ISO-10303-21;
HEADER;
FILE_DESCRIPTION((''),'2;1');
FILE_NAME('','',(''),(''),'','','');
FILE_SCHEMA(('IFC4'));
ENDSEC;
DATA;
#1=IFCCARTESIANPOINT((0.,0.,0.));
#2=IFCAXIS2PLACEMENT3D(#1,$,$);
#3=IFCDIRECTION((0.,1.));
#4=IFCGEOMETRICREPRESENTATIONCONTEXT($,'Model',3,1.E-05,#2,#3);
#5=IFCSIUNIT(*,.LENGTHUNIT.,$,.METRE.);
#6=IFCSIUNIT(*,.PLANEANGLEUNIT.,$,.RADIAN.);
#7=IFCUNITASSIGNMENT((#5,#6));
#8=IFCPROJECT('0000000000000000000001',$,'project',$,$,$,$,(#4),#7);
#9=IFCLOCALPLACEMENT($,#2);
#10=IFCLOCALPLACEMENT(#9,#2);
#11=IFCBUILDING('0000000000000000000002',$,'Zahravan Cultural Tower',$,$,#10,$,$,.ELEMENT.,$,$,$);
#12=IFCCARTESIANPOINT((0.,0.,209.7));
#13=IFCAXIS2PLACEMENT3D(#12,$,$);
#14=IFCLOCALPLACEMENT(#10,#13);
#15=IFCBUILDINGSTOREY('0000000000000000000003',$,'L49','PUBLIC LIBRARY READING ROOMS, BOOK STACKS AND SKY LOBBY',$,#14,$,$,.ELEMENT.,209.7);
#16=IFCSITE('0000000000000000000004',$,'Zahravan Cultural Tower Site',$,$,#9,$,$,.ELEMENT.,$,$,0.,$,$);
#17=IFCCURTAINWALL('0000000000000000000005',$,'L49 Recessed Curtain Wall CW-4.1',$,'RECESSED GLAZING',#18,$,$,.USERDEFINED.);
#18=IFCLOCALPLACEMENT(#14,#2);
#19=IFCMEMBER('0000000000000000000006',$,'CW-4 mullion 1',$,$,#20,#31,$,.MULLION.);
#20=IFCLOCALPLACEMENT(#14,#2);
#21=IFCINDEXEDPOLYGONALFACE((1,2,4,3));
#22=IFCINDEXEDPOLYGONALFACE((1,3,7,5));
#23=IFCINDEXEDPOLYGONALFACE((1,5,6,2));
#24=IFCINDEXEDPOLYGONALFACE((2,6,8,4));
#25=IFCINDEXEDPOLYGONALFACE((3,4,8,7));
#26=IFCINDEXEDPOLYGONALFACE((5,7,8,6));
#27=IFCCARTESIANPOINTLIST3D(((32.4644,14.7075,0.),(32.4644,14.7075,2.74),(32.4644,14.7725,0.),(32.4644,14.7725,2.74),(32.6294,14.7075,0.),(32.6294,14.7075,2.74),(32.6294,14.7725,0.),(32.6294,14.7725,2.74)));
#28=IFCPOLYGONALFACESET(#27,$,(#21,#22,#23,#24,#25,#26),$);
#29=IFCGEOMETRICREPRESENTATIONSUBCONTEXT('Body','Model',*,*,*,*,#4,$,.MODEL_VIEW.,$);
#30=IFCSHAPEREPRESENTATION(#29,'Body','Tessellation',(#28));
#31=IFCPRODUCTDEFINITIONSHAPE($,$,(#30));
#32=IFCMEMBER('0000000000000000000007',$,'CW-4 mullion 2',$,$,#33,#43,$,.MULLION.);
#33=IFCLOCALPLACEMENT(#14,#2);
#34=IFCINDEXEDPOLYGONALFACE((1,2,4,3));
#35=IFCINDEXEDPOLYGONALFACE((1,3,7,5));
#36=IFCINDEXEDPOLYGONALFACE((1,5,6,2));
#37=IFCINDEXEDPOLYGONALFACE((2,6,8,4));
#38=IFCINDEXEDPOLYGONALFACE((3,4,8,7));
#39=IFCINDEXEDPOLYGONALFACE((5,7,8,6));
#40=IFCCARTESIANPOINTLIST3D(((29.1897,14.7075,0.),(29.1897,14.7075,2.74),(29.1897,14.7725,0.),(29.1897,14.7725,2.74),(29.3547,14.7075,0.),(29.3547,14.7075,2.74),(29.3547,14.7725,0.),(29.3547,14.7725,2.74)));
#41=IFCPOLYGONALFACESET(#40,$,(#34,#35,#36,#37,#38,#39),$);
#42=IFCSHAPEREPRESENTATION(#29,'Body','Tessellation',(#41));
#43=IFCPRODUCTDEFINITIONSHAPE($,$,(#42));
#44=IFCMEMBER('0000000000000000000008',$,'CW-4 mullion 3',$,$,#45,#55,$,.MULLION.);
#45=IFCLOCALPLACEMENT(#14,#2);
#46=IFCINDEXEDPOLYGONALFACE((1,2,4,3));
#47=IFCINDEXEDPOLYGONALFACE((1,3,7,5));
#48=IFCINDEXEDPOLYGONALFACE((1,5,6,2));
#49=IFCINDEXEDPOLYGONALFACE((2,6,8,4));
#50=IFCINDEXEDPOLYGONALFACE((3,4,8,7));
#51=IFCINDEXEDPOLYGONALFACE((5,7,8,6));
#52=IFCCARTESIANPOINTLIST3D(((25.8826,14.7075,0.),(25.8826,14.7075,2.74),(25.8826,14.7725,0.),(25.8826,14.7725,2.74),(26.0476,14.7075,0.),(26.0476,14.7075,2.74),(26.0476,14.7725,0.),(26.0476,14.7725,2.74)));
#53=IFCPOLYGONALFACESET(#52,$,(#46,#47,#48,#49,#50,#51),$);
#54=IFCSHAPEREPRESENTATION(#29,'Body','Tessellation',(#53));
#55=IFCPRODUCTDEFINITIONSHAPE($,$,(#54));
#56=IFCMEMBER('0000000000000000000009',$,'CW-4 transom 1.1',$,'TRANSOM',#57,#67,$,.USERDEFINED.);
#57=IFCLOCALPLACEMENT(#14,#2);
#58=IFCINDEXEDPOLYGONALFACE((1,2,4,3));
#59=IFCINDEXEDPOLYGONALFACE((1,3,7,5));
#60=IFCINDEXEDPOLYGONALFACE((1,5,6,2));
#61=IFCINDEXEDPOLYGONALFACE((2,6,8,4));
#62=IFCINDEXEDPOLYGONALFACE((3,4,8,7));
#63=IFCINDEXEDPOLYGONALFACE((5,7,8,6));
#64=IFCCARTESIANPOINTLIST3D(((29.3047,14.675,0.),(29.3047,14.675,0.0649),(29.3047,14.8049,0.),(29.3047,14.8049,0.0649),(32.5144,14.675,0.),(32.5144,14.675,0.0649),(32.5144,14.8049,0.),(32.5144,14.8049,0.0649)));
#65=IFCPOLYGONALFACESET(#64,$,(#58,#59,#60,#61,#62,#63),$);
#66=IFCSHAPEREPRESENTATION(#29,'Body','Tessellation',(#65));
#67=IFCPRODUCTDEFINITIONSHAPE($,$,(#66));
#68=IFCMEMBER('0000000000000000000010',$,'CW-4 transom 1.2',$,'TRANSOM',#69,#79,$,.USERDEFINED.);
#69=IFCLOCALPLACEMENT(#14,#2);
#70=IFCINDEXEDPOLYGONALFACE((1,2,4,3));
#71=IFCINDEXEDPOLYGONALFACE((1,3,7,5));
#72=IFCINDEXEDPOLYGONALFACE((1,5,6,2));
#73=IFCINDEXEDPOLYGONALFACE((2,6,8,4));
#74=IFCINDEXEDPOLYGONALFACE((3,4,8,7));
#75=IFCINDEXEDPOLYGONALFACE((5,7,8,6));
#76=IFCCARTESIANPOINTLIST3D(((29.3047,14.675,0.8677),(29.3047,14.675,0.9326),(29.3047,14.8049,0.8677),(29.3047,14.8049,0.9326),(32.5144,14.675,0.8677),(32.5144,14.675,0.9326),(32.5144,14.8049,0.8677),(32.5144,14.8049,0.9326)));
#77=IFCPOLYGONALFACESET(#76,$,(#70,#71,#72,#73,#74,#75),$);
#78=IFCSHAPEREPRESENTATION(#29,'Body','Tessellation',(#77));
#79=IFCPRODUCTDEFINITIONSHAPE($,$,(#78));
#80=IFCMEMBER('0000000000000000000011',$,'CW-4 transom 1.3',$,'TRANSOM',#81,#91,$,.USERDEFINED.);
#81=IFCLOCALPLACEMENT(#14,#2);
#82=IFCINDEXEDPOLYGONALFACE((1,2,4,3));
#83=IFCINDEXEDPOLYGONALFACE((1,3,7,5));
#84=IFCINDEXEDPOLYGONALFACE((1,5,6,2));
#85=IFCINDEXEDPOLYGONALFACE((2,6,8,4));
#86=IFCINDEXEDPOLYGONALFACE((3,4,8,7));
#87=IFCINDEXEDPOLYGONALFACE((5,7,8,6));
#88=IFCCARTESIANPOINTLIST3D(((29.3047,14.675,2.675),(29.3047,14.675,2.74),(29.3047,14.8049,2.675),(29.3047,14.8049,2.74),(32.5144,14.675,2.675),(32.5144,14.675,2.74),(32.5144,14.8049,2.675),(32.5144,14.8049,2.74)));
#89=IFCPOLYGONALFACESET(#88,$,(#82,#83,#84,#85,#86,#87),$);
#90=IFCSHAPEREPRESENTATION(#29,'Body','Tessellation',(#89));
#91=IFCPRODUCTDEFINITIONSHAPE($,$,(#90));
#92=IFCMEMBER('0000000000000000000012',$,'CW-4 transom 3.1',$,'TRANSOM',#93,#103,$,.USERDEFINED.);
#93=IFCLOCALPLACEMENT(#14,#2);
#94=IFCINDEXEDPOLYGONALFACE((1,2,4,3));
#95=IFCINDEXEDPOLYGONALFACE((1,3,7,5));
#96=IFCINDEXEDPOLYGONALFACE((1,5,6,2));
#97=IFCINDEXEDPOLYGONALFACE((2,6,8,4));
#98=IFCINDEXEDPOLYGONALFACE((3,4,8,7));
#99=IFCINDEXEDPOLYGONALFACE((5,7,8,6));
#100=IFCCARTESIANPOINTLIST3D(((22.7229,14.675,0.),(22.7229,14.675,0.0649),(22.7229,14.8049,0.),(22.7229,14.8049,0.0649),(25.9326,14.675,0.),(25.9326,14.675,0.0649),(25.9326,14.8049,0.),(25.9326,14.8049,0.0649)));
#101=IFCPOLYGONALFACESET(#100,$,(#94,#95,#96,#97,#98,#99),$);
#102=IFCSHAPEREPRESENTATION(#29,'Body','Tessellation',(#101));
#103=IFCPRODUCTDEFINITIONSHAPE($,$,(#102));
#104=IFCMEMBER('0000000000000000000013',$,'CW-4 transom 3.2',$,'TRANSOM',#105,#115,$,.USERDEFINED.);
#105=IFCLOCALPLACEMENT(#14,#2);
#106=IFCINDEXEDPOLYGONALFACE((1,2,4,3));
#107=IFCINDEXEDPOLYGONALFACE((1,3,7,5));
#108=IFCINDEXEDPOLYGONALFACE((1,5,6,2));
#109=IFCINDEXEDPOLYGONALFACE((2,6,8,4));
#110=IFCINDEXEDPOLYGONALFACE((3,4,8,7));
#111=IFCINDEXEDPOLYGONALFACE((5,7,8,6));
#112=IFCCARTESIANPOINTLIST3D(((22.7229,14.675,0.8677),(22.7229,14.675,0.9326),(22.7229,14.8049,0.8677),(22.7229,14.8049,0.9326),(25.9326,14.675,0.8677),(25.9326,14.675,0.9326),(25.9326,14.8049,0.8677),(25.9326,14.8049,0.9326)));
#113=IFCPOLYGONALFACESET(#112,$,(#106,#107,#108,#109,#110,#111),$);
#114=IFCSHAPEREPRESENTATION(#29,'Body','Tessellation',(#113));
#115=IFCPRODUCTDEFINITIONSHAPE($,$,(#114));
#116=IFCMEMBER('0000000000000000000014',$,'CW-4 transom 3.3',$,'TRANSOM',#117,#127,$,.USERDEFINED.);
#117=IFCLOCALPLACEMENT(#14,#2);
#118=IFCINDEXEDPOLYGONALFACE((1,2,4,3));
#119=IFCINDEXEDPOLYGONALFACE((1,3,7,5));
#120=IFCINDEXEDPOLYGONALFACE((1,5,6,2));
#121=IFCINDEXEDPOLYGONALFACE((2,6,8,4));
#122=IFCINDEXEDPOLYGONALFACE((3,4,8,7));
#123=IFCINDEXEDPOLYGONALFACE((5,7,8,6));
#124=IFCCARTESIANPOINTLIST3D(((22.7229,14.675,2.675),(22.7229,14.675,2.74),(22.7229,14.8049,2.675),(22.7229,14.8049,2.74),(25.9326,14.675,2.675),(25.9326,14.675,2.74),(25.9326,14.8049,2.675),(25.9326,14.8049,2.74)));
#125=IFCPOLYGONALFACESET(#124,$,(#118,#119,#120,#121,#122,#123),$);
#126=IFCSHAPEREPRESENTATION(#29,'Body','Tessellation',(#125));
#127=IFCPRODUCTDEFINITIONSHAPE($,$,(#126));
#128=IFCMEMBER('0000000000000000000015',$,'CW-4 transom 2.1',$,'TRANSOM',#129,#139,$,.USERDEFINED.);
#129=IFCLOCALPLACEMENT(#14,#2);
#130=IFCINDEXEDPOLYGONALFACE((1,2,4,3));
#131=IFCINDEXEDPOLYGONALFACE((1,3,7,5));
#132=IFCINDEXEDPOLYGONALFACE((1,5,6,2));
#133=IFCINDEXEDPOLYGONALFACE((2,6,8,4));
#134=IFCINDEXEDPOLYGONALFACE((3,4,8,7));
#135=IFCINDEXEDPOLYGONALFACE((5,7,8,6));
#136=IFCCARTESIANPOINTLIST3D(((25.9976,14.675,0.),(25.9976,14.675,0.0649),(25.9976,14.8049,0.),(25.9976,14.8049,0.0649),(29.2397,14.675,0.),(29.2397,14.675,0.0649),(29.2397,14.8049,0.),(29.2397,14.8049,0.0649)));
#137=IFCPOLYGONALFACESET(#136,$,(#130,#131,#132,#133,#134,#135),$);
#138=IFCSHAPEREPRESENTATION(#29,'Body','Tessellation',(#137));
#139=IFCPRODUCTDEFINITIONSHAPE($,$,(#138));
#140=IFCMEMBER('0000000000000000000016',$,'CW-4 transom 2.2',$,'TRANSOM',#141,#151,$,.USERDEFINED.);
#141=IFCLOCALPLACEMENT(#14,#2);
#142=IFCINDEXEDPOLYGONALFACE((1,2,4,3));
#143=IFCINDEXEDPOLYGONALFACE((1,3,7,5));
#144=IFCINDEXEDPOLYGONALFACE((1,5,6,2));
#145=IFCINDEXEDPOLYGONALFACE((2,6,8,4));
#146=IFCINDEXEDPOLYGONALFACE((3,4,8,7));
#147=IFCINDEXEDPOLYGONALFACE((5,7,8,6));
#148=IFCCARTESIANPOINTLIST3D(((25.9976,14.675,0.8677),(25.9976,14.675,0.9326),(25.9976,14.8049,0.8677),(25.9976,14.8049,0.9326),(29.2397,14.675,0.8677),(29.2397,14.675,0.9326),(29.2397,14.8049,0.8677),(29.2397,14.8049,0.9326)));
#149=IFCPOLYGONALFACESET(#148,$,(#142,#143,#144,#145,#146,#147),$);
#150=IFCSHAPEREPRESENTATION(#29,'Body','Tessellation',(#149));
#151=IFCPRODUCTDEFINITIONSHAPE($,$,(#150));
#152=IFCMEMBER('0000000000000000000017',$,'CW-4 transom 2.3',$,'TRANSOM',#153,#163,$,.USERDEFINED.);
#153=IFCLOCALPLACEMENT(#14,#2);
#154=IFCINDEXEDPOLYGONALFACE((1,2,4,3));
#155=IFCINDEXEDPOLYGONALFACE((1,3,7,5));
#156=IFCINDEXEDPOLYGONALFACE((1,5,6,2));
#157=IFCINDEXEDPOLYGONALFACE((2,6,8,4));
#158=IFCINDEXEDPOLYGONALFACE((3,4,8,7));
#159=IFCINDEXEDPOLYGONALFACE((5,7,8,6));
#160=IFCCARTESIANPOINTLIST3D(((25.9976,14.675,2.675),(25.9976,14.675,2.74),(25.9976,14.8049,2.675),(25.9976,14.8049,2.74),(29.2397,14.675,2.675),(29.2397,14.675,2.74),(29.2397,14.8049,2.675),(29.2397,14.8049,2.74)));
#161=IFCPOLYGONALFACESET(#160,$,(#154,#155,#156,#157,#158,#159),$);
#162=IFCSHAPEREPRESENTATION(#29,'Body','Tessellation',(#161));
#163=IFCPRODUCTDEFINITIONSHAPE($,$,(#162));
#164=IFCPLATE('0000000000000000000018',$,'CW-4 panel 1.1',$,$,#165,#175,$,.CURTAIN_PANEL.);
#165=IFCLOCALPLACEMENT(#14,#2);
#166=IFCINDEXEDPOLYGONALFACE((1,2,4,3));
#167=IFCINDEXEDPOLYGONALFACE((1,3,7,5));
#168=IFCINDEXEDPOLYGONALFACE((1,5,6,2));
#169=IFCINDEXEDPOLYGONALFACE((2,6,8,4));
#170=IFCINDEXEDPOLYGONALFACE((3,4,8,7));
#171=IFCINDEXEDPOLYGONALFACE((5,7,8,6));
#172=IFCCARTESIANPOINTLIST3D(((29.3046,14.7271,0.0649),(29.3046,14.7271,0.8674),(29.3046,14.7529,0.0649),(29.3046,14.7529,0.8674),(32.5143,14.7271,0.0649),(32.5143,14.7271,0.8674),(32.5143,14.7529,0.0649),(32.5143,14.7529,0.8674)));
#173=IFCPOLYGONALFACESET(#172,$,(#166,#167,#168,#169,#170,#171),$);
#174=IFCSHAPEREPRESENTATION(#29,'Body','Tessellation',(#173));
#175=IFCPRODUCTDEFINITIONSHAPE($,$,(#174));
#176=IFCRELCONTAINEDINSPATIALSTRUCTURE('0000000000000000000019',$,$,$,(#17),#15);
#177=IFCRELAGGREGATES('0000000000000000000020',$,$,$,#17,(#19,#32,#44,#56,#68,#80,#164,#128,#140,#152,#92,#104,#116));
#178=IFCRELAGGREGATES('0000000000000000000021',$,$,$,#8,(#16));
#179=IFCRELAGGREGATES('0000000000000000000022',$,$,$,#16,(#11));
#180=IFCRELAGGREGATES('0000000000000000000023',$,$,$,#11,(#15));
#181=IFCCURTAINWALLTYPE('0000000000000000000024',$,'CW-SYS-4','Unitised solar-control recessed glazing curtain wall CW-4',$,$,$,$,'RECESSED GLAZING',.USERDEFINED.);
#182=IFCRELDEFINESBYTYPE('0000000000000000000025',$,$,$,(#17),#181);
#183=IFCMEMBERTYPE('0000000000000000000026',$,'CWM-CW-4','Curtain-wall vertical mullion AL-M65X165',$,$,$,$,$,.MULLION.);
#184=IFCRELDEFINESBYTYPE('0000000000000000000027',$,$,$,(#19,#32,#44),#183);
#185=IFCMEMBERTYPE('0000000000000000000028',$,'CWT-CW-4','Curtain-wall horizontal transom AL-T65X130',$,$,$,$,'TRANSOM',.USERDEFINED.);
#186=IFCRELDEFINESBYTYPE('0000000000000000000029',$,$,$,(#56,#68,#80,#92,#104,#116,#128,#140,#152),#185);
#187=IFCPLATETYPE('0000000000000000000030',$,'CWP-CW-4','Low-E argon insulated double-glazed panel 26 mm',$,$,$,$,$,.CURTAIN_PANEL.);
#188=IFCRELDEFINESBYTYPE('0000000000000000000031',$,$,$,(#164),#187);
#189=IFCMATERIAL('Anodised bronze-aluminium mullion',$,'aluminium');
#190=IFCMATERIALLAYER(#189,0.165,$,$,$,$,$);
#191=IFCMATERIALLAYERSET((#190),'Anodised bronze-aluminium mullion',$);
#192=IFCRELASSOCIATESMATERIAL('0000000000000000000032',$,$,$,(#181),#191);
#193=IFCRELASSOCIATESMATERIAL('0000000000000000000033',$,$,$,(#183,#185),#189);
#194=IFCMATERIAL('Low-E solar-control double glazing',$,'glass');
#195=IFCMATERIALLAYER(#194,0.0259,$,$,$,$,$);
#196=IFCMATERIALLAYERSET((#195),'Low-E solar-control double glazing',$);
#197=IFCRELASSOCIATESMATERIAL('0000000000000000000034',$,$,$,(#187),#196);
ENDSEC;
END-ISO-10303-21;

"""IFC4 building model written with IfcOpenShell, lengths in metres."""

from ifc_helpers import new_model, si_unit, direction, frame, origin, origin_2d, place, context, subcontext, project, spatial, rectangle, extrude, source, transform, mapped, material, layer, layer_set, material_profile, profile_set, type_object, element, aggregate, save


model = new_model("IFC4")

# Units and contexts
model_context = context("Model", 3, precision=1e-05, world=origin(), true_north=direction((0.0, 1.0)))
body_context = subcontext(model_context, "Body", "Model", "MODEL_VIEW")
ifc_project = project(units=[si_unit("LENGTHUNIT", "METRE"), si_unit("PLANEANGLEUNIT", "RADIAN")], contexts=[model_context])

# Site, building, storey
site_placement = place(None, origin())
site = spatial("IfcSite", under=ifc_project, at=site_placement, Name="Zahravan Cultural Tower Site", CompositionType="ELEMENT", RefElevation=0.0)
building_placement = place(site_placement, origin())
building = spatial("IfcBuilding", under=site, at=building_placement, Name="Zahravan Cultural Tower", CompositionType="ELEMENT")
storey_placement = place(building_placement, frame((0.0, 0.0, 209.7)))
storey = spatial("IfcBuildingStorey", under=building, at=storey_placement, Name="L49", Description="PUBLIC LIBRARY READING ROOMS, BOOK STACKS AND SKY LOBBY", CompositionType="ELEMENT", Elevation=209.7)

# Curtain wall, members, plate
ifc_material_1 = material(Name="Anodised bronze-aluminium mullion", Category="aluminium")
ifc_layer_1 = layer(ifc_material_1, 0.165)
ifc_layer_set_1 = layer_set([ifc_layer_1], Name="Anodised bronze-aluminium mullion")
curtain_wall_type = type_object("IfcCurtainWallType", Name="CW-SYS-4", Description="Unitised solar-control recessed glazing curtain wall CW-4", ElementType="RECESSED GLAZING", PredefinedType="USERDEFINED", material=ifc_layer_set_1)
curtain_wall_placement = place(storey_placement, origin())
curtain_wall = element("IfcCurtainWall", 1, at=curtain_wall_placement, inside=storey, type_object=curtain_wall_type, Name="L49 Recessed Curtain Wall CW-4.1", ObjectType="RECESSED GLAZING", PredefinedType="USERDEFINED")
ifc_material_profile_1 = material_profile(ifc_material_1, rectangle(XDim=0.0649, YDim=0.165, at=origin_2d()), Name="AL-M65X165")
ifc_profile_set_1 = profile_set([ifc_material_profile_1], Name="Anodised bronze-aluminium mullion")
member_type_1 = type_object("IfcMemberType", Name="CWM-CW-4", Description="Curtain-wall vertical mullion AL-M65X165", PredefinedType="MULLION", material=ifc_profile_set_1)
shared_shape_1 = source(origin(), body_context, "Body", "SweptSolid", [
    extrude(rectangle(XDim=0.0649, YDim=0.165, at=origin_2d()), origin(), (0.0, 0.0, 1.0), 2.74),
])
member_1_placement = place(storey_placement, frame((32.5469, 14.74, 0.0), z_axis=(0.0, 0.0, 1.0), x_axis=(0.0, -1.0, 0.0)))
member_1 = element("IfcMember", 2, at=member_1_placement, type_object=member_type_1, Name="CW-4 mullion 1", PredefinedType="MULLION", context=body_context, shape_type="MappedRepresentation", body=[
    mapped(shared_shape_1, transform((0.0, 0.0, 0.0), x_axis=(1.0, 0.0, 0.0), y_axis=(0.0, 1.0, 0.0), z_axis=(0.0, 0.0, 1.0), scale=1.0)),
])
member_2_placement = place(storey_placement, frame((29.2722, 14.74, 0.0), z_axis=(0.0, 0.0, 1.0), x_axis=(0.0, -1.0, 0.0)))
member_2 = element("IfcMember", 3, at=member_2_placement, type_object=member_type_1, Name="CW-4 mullion 2", PredefinedType="MULLION", context=body_context, shape_type="MappedRepresentation", body=[
    mapped(shared_shape_1, transform((0.0, 0.0, 0.0), x_axis=(1.0, 0.0, 0.0), y_axis=(0.0, 1.0, 0.0), z_axis=(0.0, 0.0, 1.0), scale=1.0)),
])
member_3_placement = place(storey_placement, frame((25.9651, 14.74, 0.0), z_axis=(0.0, 0.0, 1.0), x_axis=(0.0, -1.0, 0.0)))
member_3 = element("IfcMember", 4, at=member_3_placement, type_object=member_type_1, Name="CW-4 mullion 3", PredefinedType="MULLION", context=body_context, shape_type="MappedRepresentation", body=[
    mapped(shared_shape_1, transform((0.0, 0.0, 0.0), x_axis=(1.0, 0.0, 0.0), y_axis=(0.0, 1.0, 0.0), z_axis=(0.0, 0.0, 1.0), scale=1.0)),
])
ifc_material_profile_2 = material_profile(ifc_material_1, rectangle(XDim=0.1299, YDim=0.0649, at=origin_2d()), Name="AL-T65X130")
ifc_profile_set_2 = profile_set([ifc_material_profile_2], Name="Anodised bronze-aluminium mullion")
member_type_2 = type_object("IfcMemberType", Name="CWT-CW-4", Description="Curtain-wall horizontal transom AL-T65X130", ElementType="TRANSOM", PredefinedType="USERDEFINED", material=ifc_profile_set_2)
shared_shape_2 = source(origin(), body_context, "Body", "SweptSolid", [
    extrude(rectangle(XDim=0.1299, YDim=0.0649, at=origin_2d()), origin(), (0.0, 0.0, 1.0), 3.2097),
])
member_4_placement = place(storey_placement, frame((32.5144, 14.74, 0.0325), z_axis=(-1.0, 0.0, 0.0), x_axis=(0.0, -1.0, 0.0)))
member_4 = element("IfcMember", 5, at=member_4_placement, type_object=member_type_2, Name="CW-4 transom 1.1", ObjectType="TRANSOM", PredefinedType="USERDEFINED", context=body_context, shape_type="MappedRepresentation", body=[
    mapped(shared_shape_2, transform((0.0, 0.0, 0.0), x_axis=(1.0, 0.0, 0.0), y_axis=(0.0, 1.0, 0.0), z_axis=(0.0, 0.0, 1.0), scale=1.0)),
])
member_5_placement = place(storey_placement, frame((32.5144, 14.74, 0.9001), z_axis=(-1.0, 0.0, 0.0), x_axis=(0.0, -1.0, 0.0)))
member_5 = element("IfcMember", 6, at=member_5_placement, type_object=member_type_2, Name="CW-4 transom 1.2", ObjectType="TRANSOM", PredefinedType="USERDEFINED", context=body_context, shape_type="MappedRepresentation", body=[
    mapped(shared_shape_2, transform((0.0, 0.0, 0.0), x_axis=(1.0, 0.0, 0.0), y_axis=(0.0, 1.0, 0.0), z_axis=(0.0, 0.0, 1.0), scale=1.0)),
])
member_6_placement = place(storey_placement, frame((32.5144, 14.74, 2.7075), z_axis=(-1.0, 0.0, 0.0), x_axis=(0.0, -1.0, 0.0)))
member_6 = element("IfcMember", 7, at=member_6_placement, type_object=member_type_2, Name="CW-4 transom 1.3", ObjectType="TRANSOM", PredefinedType="USERDEFINED", context=body_context, shape_type="MappedRepresentation", body=[
    mapped(shared_shape_2, transform((0.0, 0.0, 0.0), x_axis=(1.0, 0.0, 0.0), y_axis=(0.0, 1.0, 0.0), z_axis=(0.0, 0.0, 1.0), scale=1.0)),
])
member_7_placement = place(storey_placement, frame((25.9326, 14.74, 0.0325), z_axis=(-1.0, 0.0, 0.0), x_axis=(0.0, -1.0, 0.0)))
member_7 = element("IfcMember", 8, at=member_7_placement, type_object=member_type_2, Name="CW-4 transom 3.1", ObjectType="TRANSOM", PredefinedType="USERDEFINED", context=body_context, shape_type="MappedRepresentation", body=[
    mapped(shared_shape_2, transform((0.0, 0.0, 0.0), x_axis=(1.0, 0.0, 0.0), y_axis=(0.0, 1.0, 0.0), z_axis=(0.0, 0.0, 1.0), scale=1.0)),
])
member_8_placement = place(storey_placement, frame((25.9326, 14.74, 0.9001), z_axis=(-1.0, 0.0, 0.0), x_axis=(0.0, -1.0, 0.0)))
member_8 = element("IfcMember", 9, at=member_8_placement, type_object=member_type_2, Name="CW-4 transom 3.2", ObjectType="TRANSOM", PredefinedType="USERDEFINED", context=body_context, shape_type="MappedRepresentation", body=[
    mapped(shared_shape_2, transform((0.0, 0.0, 0.0), x_axis=(1.0, 0.0, 0.0), y_axis=(0.0, 1.0, 0.0), z_axis=(0.0, 0.0, 1.0), scale=1.0)),
])
member_9_placement = place(storey_placement, frame((25.9326, 14.74, 2.7075), z_axis=(-1.0, 0.0, 0.0), x_axis=(0.0, -1.0, 0.0)))
member_9 = element("IfcMember", 10, at=member_9_placement, type_object=member_type_2, Name="CW-4 transom 3.3", ObjectType="TRANSOM", PredefinedType="USERDEFINED", context=body_context, shape_type="MappedRepresentation", body=[
    mapped(shared_shape_2, transform((0.0, 0.0, 0.0), x_axis=(1.0, 0.0, 0.0), y_axis=(0.0, 1.0, 0.0), z_axis=(0.0, 0.0, 1.0), scale=1.0)),
])
shared_shape_3 = source(origin(), body_context, "Body", "SweptSolid", [
    extrude(rectangle(XDim=0.1299, YDim=0.0649, at=origin_2d()), origin(), (0.0, 0.0, 1.0), 3.2422),
])
member_10_placement = place(storey_placement, frame((29.2397, 14.74, 0.0325), z_axis=(-1.0, 0.0, 0.0), x_axis=(0.0, -1.0, 0.0)))
member_10 = element("IfcMember", 11, at=member_10_placement, type_object=member_type_2, Name="CW-4 transom 2.1", ObjectType="TRANSOM", PredefinedType="USERDEFINED", context=body_context, shape_type="MappedRepresentation", body=[
    mapped(shared_shape_3, transform((0.0, 0.0, 0.0), x_axis=(1.0, 0.0, 0.0), y_axis=(0.0, 1.0, 0.0), z_axis=(0.0, 0.0, 1.0), scale=1.0)),
])
member_11_placement = place(storey_placement, frame((29.2397, 14.74, 0.9001), z_axis=(-1.0, 0.0, 0.0), x_axis=(0.0, -1.0, 0.0)))
member_11 = element("IfcMember", 12, at=member_11_placement, type_object=member_type_2, Name="CW-4 transom 2.2", ObjectType="TRANSOM", PredefinedType="USERDEFINED", context=body_context, shape_type="MappedRepresentation", body=[
    mapped(shared_shape_3, transform((0.0, 0.0, 0.0), x_axis=(1.0, 0.0, 0.0), y_axis=(0.0, 1.0, 0.0), z_axis=(0.0, 0.0, 1.0), scale=1.0)),
])
member_12_placement = place(storey_placement, frame((29.2397, 14.74, 2.7075), z_axis=(-1.0, 0.0, 0.0), x_axis=(0.0, -1.0, 0.0)))
member_12 = element("IfcMember", 13, at=member_12_placement, type_object=member_type_2, Name="CW-4 transom 2.3", ObjectType="TRANSOM", PredefinedType="USERDEFINED", context=body_context, shape_type="MappedRepresentation", body=[
    mapped(shared_shape_3, transform((0.0, 0.0, 0.0), x_axis=(1.0, 0.0, 0.0), y_axis=(0.0, 1.0, 0.0), z_axis=(0.0, 0.0, 1.0), scale=1.0)),
])
ifc_material_2 = material(Name="Low-E solar-control double glazing", Category="glass")
ifc_layer_2 = layer(ifc_material_2, 0.0259)
ifc_layer_set_2 = layer_set([ifc_layer_2], Name="Low-E solar-control double glazing")
plate_type = type_object("IfcPlateType", Name="CWP-CW-4", Description="Low-E argon insulated double-glazed panel 26 mm", PredefinedType="CURTAIN_PANEL", material=ifc_layer_set_2)
shared_shape_4 = source(origin(), body_context, "Body", "SweptSolid", [
    extrude(rectangle(XDim=3.2097, YDim=0.0259, at=origin_2d()), origin(), (0.0, 0.0, 1.0), 0.8025),
])
plate_1_placement = place(storey_placement, frame((30.9094, 14.74, 0.0649), z_axis=(0.0, 0.0, 1.0), x_axis=(-1.0, 0.0, 0.0)))
plate_1 = element("IfcPlate", 14, at=plate_1_placement, type_object=plate_type, Name="CW-4 panel 1.1", PredefinedType="CURTAIN_PANEL", context=body_context, shape_type="MappedRepresentation", body=[
    mapped(shared_shape_4, transform((0.0, 0.0, 0.0), x_axis=(1.0, 0.0, 0.0), y_axis=(0.0, 1.0, 0.0), z_axis=(0.0, 0.0, 1.0), scale=1.0)),
])
aggregate(curtain_wall, [member_1, member_2, member_3, member_4, member_5, member_6, plate_1, member_10, member_11, member_12, member_7, member_8, member_9])

save(model, "model.ifc")
